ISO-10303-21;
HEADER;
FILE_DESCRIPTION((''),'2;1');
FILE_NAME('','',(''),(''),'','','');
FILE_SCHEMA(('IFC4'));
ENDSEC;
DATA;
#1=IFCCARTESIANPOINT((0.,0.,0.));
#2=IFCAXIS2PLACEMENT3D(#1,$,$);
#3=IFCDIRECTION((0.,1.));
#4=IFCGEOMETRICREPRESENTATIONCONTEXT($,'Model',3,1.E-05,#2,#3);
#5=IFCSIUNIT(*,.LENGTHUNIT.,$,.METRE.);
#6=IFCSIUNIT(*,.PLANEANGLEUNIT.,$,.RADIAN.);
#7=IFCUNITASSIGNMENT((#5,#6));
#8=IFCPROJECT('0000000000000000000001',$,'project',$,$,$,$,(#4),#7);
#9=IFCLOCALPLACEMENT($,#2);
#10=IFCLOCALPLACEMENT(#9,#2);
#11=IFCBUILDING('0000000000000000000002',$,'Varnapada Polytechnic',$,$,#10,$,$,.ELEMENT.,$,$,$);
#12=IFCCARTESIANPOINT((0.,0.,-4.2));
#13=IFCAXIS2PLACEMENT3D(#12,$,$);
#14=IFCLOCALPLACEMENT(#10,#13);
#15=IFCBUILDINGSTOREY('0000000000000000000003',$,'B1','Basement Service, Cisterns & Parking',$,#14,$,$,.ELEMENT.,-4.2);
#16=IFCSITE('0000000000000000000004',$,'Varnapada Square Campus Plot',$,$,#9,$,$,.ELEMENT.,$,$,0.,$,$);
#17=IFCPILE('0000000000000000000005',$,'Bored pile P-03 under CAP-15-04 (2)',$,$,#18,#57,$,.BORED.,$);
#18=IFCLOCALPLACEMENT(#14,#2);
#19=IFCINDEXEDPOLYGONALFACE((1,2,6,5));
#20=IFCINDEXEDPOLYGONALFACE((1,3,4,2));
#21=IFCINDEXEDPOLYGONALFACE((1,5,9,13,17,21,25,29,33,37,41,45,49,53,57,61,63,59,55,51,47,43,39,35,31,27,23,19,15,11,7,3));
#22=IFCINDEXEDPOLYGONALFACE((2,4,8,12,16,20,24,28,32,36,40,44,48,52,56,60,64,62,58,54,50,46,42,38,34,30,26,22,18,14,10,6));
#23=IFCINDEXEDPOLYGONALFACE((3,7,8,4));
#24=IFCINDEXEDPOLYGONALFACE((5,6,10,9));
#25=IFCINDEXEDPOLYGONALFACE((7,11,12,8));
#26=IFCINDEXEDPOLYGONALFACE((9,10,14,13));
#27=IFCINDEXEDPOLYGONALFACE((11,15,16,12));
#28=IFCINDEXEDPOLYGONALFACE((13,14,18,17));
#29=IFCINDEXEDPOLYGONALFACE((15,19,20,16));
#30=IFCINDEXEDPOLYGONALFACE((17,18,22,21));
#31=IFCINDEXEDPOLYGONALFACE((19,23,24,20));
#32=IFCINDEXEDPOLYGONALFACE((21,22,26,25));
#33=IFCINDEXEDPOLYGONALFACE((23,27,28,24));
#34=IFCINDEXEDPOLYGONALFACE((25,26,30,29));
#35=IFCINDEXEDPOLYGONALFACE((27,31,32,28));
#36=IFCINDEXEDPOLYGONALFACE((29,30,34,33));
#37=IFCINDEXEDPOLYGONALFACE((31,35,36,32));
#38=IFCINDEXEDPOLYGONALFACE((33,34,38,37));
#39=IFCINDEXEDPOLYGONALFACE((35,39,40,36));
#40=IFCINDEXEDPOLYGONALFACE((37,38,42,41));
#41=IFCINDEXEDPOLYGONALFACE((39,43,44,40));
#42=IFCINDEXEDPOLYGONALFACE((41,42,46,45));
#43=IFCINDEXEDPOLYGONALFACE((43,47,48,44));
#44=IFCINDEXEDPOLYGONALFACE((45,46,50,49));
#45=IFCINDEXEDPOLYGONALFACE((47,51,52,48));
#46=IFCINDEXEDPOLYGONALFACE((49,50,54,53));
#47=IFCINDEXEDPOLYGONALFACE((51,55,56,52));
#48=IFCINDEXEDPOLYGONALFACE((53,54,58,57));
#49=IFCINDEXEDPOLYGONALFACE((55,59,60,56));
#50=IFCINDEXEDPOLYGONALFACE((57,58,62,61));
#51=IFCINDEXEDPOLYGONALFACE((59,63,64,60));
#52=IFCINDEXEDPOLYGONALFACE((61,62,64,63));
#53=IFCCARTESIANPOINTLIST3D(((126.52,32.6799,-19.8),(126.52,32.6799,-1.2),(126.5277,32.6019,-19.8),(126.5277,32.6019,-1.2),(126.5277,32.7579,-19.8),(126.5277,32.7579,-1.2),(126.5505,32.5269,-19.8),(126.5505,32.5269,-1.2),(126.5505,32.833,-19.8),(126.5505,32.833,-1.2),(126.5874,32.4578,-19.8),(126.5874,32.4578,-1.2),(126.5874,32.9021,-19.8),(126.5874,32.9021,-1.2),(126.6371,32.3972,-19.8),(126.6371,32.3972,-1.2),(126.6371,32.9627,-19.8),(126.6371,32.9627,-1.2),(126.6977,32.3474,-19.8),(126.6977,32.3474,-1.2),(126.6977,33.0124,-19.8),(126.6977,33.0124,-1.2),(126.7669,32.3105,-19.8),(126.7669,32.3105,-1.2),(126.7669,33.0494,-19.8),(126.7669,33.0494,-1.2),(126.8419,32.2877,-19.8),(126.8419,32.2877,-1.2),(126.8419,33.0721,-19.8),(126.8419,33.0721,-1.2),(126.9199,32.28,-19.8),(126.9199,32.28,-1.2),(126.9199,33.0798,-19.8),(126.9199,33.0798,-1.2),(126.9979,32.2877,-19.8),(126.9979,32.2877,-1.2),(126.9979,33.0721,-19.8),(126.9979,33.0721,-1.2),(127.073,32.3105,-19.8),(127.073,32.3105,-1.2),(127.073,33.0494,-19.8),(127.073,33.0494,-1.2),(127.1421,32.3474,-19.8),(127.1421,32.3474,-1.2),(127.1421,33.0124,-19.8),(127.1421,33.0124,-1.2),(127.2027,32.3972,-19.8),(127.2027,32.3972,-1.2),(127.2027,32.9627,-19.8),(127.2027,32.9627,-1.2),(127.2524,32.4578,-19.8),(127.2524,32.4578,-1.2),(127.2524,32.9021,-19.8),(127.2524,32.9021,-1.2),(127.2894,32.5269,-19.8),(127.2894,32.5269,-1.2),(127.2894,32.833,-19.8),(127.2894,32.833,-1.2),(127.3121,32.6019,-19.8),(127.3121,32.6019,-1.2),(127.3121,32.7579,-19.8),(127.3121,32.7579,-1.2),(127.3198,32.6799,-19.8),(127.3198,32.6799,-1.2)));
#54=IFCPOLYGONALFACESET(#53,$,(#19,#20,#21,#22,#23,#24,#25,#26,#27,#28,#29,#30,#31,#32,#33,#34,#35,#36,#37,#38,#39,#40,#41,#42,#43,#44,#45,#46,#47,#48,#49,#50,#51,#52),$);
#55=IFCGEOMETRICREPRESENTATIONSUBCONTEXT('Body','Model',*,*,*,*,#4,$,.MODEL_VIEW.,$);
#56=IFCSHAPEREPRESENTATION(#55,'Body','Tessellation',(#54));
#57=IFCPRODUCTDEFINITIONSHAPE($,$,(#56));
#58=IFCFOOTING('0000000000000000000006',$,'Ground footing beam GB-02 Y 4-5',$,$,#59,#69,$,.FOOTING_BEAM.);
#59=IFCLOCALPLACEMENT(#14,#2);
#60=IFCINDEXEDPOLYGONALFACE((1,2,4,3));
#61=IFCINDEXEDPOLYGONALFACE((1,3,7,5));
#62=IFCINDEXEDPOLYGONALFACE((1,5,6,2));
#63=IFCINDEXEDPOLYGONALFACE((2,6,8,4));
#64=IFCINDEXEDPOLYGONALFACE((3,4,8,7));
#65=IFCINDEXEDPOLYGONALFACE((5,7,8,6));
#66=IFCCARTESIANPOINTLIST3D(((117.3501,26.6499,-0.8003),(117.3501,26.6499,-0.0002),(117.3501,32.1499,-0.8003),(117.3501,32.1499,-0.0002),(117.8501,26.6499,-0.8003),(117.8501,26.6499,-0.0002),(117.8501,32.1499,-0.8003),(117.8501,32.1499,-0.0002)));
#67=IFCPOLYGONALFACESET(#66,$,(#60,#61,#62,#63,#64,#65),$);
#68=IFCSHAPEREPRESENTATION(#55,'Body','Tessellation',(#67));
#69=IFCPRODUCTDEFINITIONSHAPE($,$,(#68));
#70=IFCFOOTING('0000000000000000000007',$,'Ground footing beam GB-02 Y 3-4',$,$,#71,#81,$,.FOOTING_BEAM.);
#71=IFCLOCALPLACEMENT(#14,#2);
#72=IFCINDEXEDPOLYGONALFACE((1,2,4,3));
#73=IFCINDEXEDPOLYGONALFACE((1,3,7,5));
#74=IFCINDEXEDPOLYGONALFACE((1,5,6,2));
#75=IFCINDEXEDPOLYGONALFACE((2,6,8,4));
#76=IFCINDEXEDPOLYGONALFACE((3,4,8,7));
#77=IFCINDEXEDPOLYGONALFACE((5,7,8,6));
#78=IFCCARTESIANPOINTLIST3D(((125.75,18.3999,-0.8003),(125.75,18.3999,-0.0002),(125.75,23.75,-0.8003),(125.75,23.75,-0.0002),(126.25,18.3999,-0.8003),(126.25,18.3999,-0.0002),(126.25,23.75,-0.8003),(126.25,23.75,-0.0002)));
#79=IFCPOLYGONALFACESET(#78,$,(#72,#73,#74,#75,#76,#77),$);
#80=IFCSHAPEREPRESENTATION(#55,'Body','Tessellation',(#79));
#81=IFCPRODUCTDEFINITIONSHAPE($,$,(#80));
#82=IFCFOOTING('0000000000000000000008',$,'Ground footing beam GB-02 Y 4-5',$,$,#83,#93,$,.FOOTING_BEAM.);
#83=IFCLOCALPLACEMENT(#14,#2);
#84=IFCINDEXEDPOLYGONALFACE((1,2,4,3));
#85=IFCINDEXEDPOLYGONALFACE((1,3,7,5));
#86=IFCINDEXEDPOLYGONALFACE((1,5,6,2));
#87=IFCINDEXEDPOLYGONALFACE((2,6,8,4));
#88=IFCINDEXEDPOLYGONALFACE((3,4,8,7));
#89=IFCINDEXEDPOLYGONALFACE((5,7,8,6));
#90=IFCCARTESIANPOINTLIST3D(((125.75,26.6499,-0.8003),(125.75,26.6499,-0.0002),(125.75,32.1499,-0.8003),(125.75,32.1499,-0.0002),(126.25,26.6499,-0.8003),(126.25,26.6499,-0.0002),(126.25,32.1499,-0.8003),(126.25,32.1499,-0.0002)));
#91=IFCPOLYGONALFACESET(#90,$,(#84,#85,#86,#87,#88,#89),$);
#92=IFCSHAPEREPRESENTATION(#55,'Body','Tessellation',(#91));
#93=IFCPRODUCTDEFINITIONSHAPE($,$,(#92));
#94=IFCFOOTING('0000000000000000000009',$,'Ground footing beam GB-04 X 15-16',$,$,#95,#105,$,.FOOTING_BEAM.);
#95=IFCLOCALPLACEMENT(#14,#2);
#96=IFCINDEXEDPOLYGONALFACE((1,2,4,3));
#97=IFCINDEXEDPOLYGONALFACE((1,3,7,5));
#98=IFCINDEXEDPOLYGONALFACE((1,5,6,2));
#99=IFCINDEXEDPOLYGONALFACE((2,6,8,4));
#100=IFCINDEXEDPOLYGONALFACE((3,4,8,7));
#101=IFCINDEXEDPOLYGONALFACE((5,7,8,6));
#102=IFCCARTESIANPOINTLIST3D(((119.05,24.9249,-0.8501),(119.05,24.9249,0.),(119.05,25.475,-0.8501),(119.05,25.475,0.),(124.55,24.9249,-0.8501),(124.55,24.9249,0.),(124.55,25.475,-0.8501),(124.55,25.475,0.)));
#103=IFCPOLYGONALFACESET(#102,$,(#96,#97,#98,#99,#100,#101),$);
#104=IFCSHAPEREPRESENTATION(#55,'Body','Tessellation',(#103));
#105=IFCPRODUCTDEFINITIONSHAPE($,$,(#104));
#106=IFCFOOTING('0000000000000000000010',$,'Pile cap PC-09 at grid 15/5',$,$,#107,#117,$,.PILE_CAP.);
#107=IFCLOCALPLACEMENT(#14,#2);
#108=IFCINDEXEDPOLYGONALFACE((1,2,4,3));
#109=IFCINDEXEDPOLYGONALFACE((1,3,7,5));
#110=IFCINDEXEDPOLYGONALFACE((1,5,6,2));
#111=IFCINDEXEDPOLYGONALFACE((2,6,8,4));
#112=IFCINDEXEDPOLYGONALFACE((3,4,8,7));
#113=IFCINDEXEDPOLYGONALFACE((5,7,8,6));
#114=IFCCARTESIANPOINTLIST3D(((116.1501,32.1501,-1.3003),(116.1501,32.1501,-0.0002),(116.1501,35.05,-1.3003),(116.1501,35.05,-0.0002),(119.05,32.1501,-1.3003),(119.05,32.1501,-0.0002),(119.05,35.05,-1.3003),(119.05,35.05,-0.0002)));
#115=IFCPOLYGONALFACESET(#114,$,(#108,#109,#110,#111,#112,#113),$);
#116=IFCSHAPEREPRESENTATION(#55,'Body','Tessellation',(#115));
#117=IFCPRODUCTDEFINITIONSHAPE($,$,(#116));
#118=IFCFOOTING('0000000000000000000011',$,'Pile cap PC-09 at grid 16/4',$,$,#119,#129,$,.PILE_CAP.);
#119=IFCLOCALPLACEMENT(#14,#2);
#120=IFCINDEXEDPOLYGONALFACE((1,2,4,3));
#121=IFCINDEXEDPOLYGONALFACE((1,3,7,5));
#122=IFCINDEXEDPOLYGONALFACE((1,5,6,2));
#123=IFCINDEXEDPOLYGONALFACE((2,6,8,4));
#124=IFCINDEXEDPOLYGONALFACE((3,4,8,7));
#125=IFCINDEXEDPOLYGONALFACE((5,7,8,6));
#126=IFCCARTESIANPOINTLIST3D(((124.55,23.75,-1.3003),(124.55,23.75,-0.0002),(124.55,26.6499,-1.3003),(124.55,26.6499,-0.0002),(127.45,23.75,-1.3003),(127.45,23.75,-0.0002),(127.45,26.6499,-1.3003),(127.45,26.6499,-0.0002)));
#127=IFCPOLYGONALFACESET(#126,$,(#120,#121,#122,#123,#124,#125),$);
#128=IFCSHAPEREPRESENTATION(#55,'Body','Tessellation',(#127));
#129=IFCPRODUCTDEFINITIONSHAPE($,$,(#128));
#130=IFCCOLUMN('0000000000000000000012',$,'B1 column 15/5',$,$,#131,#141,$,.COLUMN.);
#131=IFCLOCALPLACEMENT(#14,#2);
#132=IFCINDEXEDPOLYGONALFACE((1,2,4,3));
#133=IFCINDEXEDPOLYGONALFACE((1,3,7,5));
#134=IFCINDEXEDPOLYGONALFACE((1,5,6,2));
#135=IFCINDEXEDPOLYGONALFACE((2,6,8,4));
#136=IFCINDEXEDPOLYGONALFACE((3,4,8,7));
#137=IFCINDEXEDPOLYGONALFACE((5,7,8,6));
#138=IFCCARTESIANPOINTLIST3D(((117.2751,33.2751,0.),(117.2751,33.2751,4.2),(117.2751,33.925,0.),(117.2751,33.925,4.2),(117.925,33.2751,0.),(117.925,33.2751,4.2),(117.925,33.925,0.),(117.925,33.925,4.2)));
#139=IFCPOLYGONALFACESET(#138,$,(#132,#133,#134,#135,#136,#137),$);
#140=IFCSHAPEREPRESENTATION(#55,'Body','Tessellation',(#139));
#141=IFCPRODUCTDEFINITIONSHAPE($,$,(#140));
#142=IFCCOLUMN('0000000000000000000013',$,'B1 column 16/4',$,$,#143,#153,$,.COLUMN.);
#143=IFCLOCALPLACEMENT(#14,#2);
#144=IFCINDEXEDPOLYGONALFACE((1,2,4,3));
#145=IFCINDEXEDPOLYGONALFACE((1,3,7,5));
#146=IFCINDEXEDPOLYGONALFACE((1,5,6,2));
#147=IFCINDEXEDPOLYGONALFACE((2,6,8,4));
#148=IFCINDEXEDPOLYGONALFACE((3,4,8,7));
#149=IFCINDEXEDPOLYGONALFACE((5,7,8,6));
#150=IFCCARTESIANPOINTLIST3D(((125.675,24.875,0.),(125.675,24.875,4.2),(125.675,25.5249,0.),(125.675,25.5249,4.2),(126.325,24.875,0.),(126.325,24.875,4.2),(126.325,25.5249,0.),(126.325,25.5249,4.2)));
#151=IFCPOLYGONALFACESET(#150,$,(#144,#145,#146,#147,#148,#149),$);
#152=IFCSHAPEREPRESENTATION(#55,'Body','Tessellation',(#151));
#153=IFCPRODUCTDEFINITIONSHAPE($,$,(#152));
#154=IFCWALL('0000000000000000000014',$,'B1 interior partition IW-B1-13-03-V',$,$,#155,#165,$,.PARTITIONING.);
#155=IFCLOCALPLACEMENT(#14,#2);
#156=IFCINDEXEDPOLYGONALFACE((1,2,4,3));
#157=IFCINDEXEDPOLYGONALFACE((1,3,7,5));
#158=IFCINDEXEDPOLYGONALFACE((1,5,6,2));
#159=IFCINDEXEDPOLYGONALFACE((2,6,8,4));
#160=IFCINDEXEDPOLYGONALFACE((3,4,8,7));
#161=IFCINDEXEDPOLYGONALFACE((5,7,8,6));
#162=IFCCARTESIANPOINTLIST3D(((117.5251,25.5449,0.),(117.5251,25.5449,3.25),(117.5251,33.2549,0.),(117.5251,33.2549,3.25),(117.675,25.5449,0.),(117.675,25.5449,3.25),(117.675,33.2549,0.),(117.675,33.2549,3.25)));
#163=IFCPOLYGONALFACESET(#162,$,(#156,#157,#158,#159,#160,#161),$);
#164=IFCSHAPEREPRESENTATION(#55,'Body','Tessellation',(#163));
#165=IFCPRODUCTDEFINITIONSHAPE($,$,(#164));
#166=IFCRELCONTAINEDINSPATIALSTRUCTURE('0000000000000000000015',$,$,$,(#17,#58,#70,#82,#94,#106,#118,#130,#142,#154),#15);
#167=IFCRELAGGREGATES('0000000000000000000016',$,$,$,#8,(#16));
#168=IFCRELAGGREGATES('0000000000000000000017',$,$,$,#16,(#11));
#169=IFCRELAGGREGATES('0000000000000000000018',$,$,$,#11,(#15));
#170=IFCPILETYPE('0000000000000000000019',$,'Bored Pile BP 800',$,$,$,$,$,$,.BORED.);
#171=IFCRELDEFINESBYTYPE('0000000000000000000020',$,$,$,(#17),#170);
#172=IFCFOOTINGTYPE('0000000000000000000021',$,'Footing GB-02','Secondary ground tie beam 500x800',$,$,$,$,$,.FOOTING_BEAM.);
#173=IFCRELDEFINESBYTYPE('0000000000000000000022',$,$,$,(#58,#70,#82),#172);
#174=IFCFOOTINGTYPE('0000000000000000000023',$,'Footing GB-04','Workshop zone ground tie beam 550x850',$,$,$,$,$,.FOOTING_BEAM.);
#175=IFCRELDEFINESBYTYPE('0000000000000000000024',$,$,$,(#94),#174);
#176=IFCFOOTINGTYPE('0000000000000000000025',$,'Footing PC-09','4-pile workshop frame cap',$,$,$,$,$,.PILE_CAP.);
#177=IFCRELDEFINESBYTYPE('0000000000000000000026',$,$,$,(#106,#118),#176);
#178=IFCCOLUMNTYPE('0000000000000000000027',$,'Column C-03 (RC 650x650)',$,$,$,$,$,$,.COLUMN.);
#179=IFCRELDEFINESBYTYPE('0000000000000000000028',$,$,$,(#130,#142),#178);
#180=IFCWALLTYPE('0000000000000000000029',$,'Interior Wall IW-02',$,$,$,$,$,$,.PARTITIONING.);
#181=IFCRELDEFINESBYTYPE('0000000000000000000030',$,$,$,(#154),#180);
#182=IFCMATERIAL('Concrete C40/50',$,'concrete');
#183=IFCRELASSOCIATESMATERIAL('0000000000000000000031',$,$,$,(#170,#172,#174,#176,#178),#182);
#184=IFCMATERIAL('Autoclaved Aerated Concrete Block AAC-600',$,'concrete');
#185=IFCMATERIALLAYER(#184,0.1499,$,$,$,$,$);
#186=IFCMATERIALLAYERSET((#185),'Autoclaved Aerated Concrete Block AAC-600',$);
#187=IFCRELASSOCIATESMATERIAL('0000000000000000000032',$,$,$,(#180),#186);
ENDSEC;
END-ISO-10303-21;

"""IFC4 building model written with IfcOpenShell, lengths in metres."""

from ifc_helpers import new_model, si_unit, direction, frame, frame_2d, origin, origin_2d, place, context, subcontext, project, spatial, rectangle, circle, extrude, material, layer, layer_set, material_profile, profile_set, type_object, element, save


model = new_model("IFC4")

# Units and contexts
model_context = context("Model", 3, precision=1e-05, world=origin(), true_north=direction((0.0, 1.0)))
body_context = subcontext(model_context, "Body", "Model", "MODEL_VIEW")
ifc_project = project(units=[si_unit("LENGTHUNIT", "METRE"), si_unit("PLANEANGLEUNIT", "RADIAN")], contexts=[model_context])

# Site, building, storey
site_placement = place(None, origin())
site = spatial("IfcSite", under=ifc_project, at=site_placement, Name="Varnapada Square Campus Plot", CompositionType="ELEMENT", RefElevation=0.0)
building_placement = place(site_placement, origin())
building = spatial("IfcBuilding", under=site, at=building_placement, Name="Varnapada Polytechnic", CompositionType="ELEMENT")
storey_placement = place(building_placement, frame((0.0, 0.0, -4.2)))
storey = spatial("IfcBuildingStorey", under=building, at=storey_placement, Name="B1", Description="Basement Service, Cisterns & Parking", CompositionType="ELEMENT", Elevation=-4.2)

# Pile
ifc_material_1 = material(Name="Concrete C40/50", Category="concrete")
ifc_material_profile_1 = material_profile(ifc_material_1, circle(Radius=0.3999, at=origin_2d()), Name="BP 800")
ifc_profile_set_1 = profile_set([ifc_material_profile_1], Name="Concrete C40/50")
pile_type = type_object("IfcPileType", Name="Bored Pile BP 800", PredefinedType="BORED", material=ifc_profile_set_1)
for number, where, z_axis, x_axis, name in (
    (1, (126.9199, 32.6799, -1.2), (0.0, 0.0, -1.0), (1.0, 0.0, 0.0), "Bored pile P-03 under CAP-15-04 (2)"),
):
    element("IfcPile", number, at=place(storey_placement, frame(where, z_axis=z_axis, x_axis=x_axis)), inside=storey, type_object=pile_type, Name=name, PredefinedType="BORED", context=body_context, shape_type="SweptSolid", body=[
        extrude(circle(Radius=0.3999, at=origin_2d()), origin(), (0.0, 0.0, 1.0), 18.6001),
    ])

# Footings
footing_type_1 = type_object("IfcFootingType", Name="Footing GB-02", Description="Secondary ground tie beam 500x800", PredefinedType="FOOTING_BEAM", material=ifc_material_1)
footing_1_placement = place(storey_placement, frame((117.6001, 29.3999, -0.8003), z_axis=(0.0, 0.0, 1.0), x_axis=(0.0, 1.0, 0.0)))
element("IfcFooting", 2, at=footing_1_placement, inside=storey, type_object=footing_type_1, Name="Ground footing beam GB-02 Y 4-5", PredefinedType="FOOTING_BEAM", context=body_context, shape_type="SweptSolid", body=[
    extrude(rectangle(XDim=5.5, YDim=0.5, at=origin_2d()), origin(), (0.0, 0.0, 1.0), 0.8),
])
footing_2_placement = place(storey_placement, frame((126.0, 21.075, -0.8003), z_axis=(0.0, 0.0, 1.0), x_axis=(0.0, 1.0, 0.0)))
element("IfcFooting", 3, at=footing_2_placement, inside=storey, type_object=footing_type_1, Name="Ground footing beam GB-02 Y 3-4", PredefinedType="FOOTING_BEAM", context=body_context, shape_type="SweptSolid", body=[
    extrude(rectangle(XDim=5.3501, YDim=0.5, at=origin_2d()), origin(), (0.0, 0.0, 1.0), 0.8),
])
footing_3_placement = place(storey_placement, frame((126.0, 29.3999, -0.8003), z_axis=(0.0, 0.0, 1.0), x_axis=(0.0, 1.0, 0.0)))
element("IfcFooting", 4, at=footing_3_placement, inside=storey, type_object=footing_type_1, Name="Ground footing beam GB-02 Y 4-5", PredefinedType="FOOTING_BEAM", context=body_context, shape_type="SweptSolid", body=[
    extrude(rectangle(XDim=5.5, YDim=0.5, at=origin_2d()), origin(), (0.0, 0.0, 1.0), 0.8),
])
footing_type_2 = type_object("IfcFootingType", Name="Footing GB-04", Description="Workshop zone ground tie beam 550x850", PredefinedType="FOOTING_BEAM", material=ifc_material_1)
footing_4_placement = place(storey_placement, frame((121.8, 25.2, -0.8501), z_axis=(0.0, 0.0, 1.0), x_axis=(1.0, 0.0, 0.0)))
element("IfcFooting", 5, at=footing_4_placement, inside=storey, type_object=footing_type_2, Name="Ground footing beam GB-04 X 15-16", PredefinedType="FOOTING_BEAM", context=body_context, shape_type="SweptSolid", body=[
    extrude(rectangle(XDim=5.5, YDim=0.55, at=origin_2d()), origin(), (0.0, 0.0, 1.0), 0.8501),
])
footing_type_3 = type_object("IfcFootingType", Name="Footing PC-09", Description="4-pile workshop frame cap", PredefinedType="PILE_CAP", material=ifc_material_1)
for number, where, z_axis, x_axis, name in (
    (6, (117.6001, 33.6001, -1.3003), (0.0, 0.0, 1.0), (1.0, 0.0, 0.0), "Pile cap PC-09 at grid 15/5"),
    (7, (126.0, 25.2, -1.3003), (0.0, 0.0, 1.0), (1.0, 0.0, 0.0), "Pile cap PC-09 at grid 16/4"),
):
    element("IfcFooting", number, at=place(storey_placement, frame(where, z_axis=z_axis, x_axis=x_axis)), inside=storey, type_object=footing_type_3, Name=name, PredefinedType="PILE_CAP", context=body_context, shape_type="SweptSolid", body=[
        extrude(rectangle(XDim=2.8999, YDim=2.8999, at=origin_2d()), origin(), (0.0, 0.0, 1.0), 1.3),
    ])

# Columns
ifc_material_profile_2 = material_profile(ifc_material_1, rectangle(XDim=0.6499, YDim=0.6499, at=origin_2d()), Name="RC 650x650")
ifc_profile_set_2 = profile_set([ifc_material_profile_2], Name="Concrete C40/50")
column_type = type_object("IfcColumnType", Name="Column C-03 (RC 650x650)", PredefinedType="COLUMN", material=ifc_profile_set_2)
for number, where, z_axis, x_axis, name in (
    (8, (117.6001, 33.6001, 0.0), (0.0, 0.0, 1.0), (1.0, 0.0, 0.0), "B1 column 15/5"),
    (9, (126.0, 25.2, 0.0), (0.0, 0.0, 1.0), (1.0, 0.0, 0.0), "B1 column 16/4"),
):
    element("IfcColumn", number, at=place(storey_placement, frame(where, z_axis=z_axis, x_axis=x_axis)), inside=storey, type_object=column_type, Name=name, PredefinedType="COLUMN", context=body_context, shape_type="SweptSolid", body=[
        extrude(rectangle(XDim=0.6499, YDim=0.6499, at=origin_2d()), origin(), (0.0, 0.0, 1.0), 4.2),
    ])

# Wall
ifc_material_2 = material(Name="Autoclaved Aerated Concrete Block AAC-600", Category="concrete")
ifc_layer_1 = layer(ifc_material_2, 0.1499)
ifc_layer_set_1 = layer_set([ifc_layer_1], Name="Autoclaved Aerated Concrete Block AAC-600")
wall_type_1 = type_object("IfcWallType", Name="Interior Wall IW-02", PredefinedType="PARTITIONING", material=ifc_layer_set_1)
wall_1_placement = place(storey_placement, frame((117.6001, 25.5449, 0.0), z_axis=(0.0, 0.0, 1.0), x_axis=(0.0, 1.0, 0.0)))
element("IfcWall", 10, at=wall_1_placement, inside=storey, type_object=wall_type_1, Name="B1 interior partition IW-B1-13-03-V", PredefinedType="PARTITIONING", context=body_context, shape_type="SweptSolid", body=[
    extrude(rectangle(XDim=7.71, YDim=0.1499, at=frame_2d((3.855, 0.0))), origin(), (0.0, 0.0, 1.0), 3.25),
])

save(model, "model.ifc")
